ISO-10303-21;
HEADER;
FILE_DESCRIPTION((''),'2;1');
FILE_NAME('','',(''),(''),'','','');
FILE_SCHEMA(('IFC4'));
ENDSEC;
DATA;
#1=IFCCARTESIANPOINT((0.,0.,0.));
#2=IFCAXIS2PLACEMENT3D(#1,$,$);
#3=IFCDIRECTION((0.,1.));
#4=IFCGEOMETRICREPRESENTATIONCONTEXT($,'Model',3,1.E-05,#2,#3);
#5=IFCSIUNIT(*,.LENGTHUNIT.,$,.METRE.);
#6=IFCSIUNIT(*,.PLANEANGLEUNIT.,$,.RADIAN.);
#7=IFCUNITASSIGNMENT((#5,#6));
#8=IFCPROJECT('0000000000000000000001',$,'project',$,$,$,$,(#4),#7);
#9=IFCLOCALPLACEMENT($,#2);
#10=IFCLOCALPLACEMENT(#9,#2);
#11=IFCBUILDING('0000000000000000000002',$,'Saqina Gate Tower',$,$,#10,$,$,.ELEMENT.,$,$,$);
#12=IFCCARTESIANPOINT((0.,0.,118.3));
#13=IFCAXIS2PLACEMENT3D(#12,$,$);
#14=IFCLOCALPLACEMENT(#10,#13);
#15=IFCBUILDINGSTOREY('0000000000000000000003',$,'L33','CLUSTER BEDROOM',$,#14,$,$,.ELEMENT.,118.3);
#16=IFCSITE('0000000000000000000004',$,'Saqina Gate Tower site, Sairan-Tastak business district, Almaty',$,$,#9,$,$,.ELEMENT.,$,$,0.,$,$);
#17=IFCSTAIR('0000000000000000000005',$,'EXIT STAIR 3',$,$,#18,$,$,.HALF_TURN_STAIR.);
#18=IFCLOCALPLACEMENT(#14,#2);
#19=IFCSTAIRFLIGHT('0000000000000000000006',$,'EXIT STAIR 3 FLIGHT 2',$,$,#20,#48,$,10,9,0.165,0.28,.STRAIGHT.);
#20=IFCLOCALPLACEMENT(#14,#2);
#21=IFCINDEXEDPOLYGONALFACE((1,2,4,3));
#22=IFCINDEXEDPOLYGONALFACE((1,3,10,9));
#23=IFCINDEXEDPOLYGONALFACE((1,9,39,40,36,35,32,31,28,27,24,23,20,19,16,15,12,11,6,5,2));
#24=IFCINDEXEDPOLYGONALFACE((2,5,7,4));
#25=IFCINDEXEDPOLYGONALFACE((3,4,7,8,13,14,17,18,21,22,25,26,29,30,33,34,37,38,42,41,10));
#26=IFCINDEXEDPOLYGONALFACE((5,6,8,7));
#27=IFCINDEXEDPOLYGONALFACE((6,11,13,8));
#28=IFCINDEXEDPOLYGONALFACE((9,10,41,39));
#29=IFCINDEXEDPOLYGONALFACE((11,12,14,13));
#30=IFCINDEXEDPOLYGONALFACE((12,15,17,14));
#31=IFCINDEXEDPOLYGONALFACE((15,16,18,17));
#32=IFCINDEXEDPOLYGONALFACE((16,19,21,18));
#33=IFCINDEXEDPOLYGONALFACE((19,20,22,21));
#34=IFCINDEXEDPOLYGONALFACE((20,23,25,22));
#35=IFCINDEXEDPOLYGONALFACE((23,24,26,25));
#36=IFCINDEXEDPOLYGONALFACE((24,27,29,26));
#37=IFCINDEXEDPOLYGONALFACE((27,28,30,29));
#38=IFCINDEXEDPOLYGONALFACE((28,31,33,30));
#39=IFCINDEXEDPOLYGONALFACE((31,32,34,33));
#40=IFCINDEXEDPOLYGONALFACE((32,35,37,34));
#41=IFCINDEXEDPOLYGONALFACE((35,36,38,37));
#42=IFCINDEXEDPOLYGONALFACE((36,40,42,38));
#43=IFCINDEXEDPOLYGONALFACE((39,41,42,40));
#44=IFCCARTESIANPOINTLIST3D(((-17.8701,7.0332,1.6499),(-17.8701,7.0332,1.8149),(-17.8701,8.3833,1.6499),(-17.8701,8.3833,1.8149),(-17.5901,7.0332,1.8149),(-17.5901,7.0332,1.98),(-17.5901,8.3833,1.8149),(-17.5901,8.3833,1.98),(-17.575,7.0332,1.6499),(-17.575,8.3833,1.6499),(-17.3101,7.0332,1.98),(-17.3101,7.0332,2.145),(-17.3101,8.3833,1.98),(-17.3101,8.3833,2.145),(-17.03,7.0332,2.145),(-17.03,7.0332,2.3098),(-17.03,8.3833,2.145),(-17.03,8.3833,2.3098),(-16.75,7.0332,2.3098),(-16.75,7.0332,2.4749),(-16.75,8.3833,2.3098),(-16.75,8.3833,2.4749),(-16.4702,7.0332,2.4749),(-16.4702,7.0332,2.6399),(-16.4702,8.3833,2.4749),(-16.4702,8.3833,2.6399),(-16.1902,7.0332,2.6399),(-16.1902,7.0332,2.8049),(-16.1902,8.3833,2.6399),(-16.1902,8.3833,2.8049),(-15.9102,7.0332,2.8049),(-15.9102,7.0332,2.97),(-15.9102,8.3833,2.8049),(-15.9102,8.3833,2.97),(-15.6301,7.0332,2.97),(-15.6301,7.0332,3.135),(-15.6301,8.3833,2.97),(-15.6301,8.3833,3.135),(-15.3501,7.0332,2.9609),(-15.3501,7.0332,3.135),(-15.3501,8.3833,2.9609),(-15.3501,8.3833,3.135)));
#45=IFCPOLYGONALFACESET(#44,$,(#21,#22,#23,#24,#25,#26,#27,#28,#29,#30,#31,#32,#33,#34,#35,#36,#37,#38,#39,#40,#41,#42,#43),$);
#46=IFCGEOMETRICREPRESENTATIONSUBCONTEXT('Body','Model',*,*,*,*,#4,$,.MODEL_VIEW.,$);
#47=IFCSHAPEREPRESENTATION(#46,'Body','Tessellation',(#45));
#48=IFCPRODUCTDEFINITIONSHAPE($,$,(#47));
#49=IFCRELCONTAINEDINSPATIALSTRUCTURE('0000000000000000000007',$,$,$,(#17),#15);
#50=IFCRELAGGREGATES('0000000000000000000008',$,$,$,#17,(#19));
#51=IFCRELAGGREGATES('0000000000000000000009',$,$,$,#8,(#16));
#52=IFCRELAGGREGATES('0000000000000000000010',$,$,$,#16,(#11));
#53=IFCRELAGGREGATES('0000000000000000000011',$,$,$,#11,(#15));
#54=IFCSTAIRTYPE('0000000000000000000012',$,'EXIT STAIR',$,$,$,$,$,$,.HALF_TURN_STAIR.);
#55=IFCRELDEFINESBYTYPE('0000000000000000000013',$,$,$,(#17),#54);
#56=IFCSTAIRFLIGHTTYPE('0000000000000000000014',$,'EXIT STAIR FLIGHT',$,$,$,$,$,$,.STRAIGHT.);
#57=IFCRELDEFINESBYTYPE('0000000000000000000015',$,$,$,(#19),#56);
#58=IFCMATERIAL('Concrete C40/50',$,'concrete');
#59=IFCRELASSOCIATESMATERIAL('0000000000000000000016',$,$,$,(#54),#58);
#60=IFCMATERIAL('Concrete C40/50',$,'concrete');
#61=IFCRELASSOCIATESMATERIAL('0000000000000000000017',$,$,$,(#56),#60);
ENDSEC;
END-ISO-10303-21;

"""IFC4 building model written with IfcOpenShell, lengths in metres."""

from ifc_helpers import new_model, si_unit, direction, frame, origin, place, context, subcontext, project, spatial, polyline, outline, extrude, material, type_object, element, aggregate, save


model = new_model("IFC4")

# Units and contexts
model_context = context("Model", 3, precision=1e-05, world=origin(), true_north=direction((0.0, 1.0)))
body_context = subcontext(model_context, "Body", "Model", "MODEL_VIEW")
ifc_project = project(units=[si_unit("LENGTHUNIT", "METRE"), si_unit("PLANEANGLEUNIT", "RADIAN")], contexts=[model_context])

# Site, building, storey
site_placement = place(None, origin())
site = spatial("IfcSite", under=ifc_project, at=site_placement, Name="Saqina Gate Tower site, Sairan-Tastak business district, Almaty", CompositionType="ELEMENT", RefElevation=0.0)
building_placement = place(site_placement, origin())
building = spatial("IfcBuilding", under=site, at=building_placement, Name="Saqina Gate Tower", CompositionType="ELEMENT")
storey_placement = place(building_placement, frame((0.0, 0.0, 118.3)))
storey = spatial("IfcBuildingStorey", under=building, at=storey_placement, Name="L33", Description="CLUSTER BEDROOM", CompositionType="ELEMENT", Elevation=118.3)

# Stair, stair flight
ifc_material_1 = material(Name="Concrete C40/50", Category="concrete")
stair_type = type_object("IfcStairType", Name="EXIT STAIR", PredefinedType="HALF_TURN_STAIR", material=ifc_material_1)
stair_placement = place(storey_placement, origin())
stair = element("IfcStair", 1, at=stair_placement, inside=storey, type_object=stair_type, Name="EXIT STAIR 3", PredefinedType="HALF_TURN_STAIR")
ifc_material_2 = material(Name="Concrete C40/50", Category="concrete")
stair_flight_type = type_object("IfcStairFlightType", Name="EXIT STAIR FLIGHT", PredefinedType="STRAIGHT", material=ifc_material_2)
stair_flight_1_placement = place(storey_placement, frame((-17.8701, 7.7083, 1.6499), z_axis=(0.0, 0.0, 1.0), x_axis=(1.0, 0.0, 0.0)))
stair_flight_1 = element("IfcStairFlight", 2, at=stair_flight_1_placement, type_object=stair_flight_type, Name="EXIT STAIR 3 FLIGHT 2", NumberOfRisers=10, NumberOfTreads=9, PredefinedType="STRAIGHT", RiserHeight=0.165, TreadLength=0.28, context=body_context, shape_type="SweptSolid", body=[
    extrude(outline(polyline([(0.0, 0.0), (0.0, 0.165), (0.28, 0.165), (0.28, 0.3301), (0.5601, 0.3301), (0.5601, 0.4951), (0.8401, 0.4951), (0.8401, 0.6599), (1.1201, 0.6599), (1.1201, 0.825), (1.3999, 0.825), (1.3999, 0.99), (1.6799, 0.99), (1.6799, 1.155), (1.96, 1.155), (1.96, 1.3201), (2.24, 1.3201), (2.24, 1.4851), (2.52, 1.4851), (2.52, 1.6499), (2.52, 1.311), (0.2952, 0.0), (0.0, 0.0)])), frame((0.0, 0.675, 0.0), z_axis=(0.0, -1.0, 0.0), x_axis=(1.0, 0.0, 0.0)), (0.0, 0.0, 1.0), 1.3501),
])
aggregate(stair, [stair_flight_1])

save(model, "model.ifc")
